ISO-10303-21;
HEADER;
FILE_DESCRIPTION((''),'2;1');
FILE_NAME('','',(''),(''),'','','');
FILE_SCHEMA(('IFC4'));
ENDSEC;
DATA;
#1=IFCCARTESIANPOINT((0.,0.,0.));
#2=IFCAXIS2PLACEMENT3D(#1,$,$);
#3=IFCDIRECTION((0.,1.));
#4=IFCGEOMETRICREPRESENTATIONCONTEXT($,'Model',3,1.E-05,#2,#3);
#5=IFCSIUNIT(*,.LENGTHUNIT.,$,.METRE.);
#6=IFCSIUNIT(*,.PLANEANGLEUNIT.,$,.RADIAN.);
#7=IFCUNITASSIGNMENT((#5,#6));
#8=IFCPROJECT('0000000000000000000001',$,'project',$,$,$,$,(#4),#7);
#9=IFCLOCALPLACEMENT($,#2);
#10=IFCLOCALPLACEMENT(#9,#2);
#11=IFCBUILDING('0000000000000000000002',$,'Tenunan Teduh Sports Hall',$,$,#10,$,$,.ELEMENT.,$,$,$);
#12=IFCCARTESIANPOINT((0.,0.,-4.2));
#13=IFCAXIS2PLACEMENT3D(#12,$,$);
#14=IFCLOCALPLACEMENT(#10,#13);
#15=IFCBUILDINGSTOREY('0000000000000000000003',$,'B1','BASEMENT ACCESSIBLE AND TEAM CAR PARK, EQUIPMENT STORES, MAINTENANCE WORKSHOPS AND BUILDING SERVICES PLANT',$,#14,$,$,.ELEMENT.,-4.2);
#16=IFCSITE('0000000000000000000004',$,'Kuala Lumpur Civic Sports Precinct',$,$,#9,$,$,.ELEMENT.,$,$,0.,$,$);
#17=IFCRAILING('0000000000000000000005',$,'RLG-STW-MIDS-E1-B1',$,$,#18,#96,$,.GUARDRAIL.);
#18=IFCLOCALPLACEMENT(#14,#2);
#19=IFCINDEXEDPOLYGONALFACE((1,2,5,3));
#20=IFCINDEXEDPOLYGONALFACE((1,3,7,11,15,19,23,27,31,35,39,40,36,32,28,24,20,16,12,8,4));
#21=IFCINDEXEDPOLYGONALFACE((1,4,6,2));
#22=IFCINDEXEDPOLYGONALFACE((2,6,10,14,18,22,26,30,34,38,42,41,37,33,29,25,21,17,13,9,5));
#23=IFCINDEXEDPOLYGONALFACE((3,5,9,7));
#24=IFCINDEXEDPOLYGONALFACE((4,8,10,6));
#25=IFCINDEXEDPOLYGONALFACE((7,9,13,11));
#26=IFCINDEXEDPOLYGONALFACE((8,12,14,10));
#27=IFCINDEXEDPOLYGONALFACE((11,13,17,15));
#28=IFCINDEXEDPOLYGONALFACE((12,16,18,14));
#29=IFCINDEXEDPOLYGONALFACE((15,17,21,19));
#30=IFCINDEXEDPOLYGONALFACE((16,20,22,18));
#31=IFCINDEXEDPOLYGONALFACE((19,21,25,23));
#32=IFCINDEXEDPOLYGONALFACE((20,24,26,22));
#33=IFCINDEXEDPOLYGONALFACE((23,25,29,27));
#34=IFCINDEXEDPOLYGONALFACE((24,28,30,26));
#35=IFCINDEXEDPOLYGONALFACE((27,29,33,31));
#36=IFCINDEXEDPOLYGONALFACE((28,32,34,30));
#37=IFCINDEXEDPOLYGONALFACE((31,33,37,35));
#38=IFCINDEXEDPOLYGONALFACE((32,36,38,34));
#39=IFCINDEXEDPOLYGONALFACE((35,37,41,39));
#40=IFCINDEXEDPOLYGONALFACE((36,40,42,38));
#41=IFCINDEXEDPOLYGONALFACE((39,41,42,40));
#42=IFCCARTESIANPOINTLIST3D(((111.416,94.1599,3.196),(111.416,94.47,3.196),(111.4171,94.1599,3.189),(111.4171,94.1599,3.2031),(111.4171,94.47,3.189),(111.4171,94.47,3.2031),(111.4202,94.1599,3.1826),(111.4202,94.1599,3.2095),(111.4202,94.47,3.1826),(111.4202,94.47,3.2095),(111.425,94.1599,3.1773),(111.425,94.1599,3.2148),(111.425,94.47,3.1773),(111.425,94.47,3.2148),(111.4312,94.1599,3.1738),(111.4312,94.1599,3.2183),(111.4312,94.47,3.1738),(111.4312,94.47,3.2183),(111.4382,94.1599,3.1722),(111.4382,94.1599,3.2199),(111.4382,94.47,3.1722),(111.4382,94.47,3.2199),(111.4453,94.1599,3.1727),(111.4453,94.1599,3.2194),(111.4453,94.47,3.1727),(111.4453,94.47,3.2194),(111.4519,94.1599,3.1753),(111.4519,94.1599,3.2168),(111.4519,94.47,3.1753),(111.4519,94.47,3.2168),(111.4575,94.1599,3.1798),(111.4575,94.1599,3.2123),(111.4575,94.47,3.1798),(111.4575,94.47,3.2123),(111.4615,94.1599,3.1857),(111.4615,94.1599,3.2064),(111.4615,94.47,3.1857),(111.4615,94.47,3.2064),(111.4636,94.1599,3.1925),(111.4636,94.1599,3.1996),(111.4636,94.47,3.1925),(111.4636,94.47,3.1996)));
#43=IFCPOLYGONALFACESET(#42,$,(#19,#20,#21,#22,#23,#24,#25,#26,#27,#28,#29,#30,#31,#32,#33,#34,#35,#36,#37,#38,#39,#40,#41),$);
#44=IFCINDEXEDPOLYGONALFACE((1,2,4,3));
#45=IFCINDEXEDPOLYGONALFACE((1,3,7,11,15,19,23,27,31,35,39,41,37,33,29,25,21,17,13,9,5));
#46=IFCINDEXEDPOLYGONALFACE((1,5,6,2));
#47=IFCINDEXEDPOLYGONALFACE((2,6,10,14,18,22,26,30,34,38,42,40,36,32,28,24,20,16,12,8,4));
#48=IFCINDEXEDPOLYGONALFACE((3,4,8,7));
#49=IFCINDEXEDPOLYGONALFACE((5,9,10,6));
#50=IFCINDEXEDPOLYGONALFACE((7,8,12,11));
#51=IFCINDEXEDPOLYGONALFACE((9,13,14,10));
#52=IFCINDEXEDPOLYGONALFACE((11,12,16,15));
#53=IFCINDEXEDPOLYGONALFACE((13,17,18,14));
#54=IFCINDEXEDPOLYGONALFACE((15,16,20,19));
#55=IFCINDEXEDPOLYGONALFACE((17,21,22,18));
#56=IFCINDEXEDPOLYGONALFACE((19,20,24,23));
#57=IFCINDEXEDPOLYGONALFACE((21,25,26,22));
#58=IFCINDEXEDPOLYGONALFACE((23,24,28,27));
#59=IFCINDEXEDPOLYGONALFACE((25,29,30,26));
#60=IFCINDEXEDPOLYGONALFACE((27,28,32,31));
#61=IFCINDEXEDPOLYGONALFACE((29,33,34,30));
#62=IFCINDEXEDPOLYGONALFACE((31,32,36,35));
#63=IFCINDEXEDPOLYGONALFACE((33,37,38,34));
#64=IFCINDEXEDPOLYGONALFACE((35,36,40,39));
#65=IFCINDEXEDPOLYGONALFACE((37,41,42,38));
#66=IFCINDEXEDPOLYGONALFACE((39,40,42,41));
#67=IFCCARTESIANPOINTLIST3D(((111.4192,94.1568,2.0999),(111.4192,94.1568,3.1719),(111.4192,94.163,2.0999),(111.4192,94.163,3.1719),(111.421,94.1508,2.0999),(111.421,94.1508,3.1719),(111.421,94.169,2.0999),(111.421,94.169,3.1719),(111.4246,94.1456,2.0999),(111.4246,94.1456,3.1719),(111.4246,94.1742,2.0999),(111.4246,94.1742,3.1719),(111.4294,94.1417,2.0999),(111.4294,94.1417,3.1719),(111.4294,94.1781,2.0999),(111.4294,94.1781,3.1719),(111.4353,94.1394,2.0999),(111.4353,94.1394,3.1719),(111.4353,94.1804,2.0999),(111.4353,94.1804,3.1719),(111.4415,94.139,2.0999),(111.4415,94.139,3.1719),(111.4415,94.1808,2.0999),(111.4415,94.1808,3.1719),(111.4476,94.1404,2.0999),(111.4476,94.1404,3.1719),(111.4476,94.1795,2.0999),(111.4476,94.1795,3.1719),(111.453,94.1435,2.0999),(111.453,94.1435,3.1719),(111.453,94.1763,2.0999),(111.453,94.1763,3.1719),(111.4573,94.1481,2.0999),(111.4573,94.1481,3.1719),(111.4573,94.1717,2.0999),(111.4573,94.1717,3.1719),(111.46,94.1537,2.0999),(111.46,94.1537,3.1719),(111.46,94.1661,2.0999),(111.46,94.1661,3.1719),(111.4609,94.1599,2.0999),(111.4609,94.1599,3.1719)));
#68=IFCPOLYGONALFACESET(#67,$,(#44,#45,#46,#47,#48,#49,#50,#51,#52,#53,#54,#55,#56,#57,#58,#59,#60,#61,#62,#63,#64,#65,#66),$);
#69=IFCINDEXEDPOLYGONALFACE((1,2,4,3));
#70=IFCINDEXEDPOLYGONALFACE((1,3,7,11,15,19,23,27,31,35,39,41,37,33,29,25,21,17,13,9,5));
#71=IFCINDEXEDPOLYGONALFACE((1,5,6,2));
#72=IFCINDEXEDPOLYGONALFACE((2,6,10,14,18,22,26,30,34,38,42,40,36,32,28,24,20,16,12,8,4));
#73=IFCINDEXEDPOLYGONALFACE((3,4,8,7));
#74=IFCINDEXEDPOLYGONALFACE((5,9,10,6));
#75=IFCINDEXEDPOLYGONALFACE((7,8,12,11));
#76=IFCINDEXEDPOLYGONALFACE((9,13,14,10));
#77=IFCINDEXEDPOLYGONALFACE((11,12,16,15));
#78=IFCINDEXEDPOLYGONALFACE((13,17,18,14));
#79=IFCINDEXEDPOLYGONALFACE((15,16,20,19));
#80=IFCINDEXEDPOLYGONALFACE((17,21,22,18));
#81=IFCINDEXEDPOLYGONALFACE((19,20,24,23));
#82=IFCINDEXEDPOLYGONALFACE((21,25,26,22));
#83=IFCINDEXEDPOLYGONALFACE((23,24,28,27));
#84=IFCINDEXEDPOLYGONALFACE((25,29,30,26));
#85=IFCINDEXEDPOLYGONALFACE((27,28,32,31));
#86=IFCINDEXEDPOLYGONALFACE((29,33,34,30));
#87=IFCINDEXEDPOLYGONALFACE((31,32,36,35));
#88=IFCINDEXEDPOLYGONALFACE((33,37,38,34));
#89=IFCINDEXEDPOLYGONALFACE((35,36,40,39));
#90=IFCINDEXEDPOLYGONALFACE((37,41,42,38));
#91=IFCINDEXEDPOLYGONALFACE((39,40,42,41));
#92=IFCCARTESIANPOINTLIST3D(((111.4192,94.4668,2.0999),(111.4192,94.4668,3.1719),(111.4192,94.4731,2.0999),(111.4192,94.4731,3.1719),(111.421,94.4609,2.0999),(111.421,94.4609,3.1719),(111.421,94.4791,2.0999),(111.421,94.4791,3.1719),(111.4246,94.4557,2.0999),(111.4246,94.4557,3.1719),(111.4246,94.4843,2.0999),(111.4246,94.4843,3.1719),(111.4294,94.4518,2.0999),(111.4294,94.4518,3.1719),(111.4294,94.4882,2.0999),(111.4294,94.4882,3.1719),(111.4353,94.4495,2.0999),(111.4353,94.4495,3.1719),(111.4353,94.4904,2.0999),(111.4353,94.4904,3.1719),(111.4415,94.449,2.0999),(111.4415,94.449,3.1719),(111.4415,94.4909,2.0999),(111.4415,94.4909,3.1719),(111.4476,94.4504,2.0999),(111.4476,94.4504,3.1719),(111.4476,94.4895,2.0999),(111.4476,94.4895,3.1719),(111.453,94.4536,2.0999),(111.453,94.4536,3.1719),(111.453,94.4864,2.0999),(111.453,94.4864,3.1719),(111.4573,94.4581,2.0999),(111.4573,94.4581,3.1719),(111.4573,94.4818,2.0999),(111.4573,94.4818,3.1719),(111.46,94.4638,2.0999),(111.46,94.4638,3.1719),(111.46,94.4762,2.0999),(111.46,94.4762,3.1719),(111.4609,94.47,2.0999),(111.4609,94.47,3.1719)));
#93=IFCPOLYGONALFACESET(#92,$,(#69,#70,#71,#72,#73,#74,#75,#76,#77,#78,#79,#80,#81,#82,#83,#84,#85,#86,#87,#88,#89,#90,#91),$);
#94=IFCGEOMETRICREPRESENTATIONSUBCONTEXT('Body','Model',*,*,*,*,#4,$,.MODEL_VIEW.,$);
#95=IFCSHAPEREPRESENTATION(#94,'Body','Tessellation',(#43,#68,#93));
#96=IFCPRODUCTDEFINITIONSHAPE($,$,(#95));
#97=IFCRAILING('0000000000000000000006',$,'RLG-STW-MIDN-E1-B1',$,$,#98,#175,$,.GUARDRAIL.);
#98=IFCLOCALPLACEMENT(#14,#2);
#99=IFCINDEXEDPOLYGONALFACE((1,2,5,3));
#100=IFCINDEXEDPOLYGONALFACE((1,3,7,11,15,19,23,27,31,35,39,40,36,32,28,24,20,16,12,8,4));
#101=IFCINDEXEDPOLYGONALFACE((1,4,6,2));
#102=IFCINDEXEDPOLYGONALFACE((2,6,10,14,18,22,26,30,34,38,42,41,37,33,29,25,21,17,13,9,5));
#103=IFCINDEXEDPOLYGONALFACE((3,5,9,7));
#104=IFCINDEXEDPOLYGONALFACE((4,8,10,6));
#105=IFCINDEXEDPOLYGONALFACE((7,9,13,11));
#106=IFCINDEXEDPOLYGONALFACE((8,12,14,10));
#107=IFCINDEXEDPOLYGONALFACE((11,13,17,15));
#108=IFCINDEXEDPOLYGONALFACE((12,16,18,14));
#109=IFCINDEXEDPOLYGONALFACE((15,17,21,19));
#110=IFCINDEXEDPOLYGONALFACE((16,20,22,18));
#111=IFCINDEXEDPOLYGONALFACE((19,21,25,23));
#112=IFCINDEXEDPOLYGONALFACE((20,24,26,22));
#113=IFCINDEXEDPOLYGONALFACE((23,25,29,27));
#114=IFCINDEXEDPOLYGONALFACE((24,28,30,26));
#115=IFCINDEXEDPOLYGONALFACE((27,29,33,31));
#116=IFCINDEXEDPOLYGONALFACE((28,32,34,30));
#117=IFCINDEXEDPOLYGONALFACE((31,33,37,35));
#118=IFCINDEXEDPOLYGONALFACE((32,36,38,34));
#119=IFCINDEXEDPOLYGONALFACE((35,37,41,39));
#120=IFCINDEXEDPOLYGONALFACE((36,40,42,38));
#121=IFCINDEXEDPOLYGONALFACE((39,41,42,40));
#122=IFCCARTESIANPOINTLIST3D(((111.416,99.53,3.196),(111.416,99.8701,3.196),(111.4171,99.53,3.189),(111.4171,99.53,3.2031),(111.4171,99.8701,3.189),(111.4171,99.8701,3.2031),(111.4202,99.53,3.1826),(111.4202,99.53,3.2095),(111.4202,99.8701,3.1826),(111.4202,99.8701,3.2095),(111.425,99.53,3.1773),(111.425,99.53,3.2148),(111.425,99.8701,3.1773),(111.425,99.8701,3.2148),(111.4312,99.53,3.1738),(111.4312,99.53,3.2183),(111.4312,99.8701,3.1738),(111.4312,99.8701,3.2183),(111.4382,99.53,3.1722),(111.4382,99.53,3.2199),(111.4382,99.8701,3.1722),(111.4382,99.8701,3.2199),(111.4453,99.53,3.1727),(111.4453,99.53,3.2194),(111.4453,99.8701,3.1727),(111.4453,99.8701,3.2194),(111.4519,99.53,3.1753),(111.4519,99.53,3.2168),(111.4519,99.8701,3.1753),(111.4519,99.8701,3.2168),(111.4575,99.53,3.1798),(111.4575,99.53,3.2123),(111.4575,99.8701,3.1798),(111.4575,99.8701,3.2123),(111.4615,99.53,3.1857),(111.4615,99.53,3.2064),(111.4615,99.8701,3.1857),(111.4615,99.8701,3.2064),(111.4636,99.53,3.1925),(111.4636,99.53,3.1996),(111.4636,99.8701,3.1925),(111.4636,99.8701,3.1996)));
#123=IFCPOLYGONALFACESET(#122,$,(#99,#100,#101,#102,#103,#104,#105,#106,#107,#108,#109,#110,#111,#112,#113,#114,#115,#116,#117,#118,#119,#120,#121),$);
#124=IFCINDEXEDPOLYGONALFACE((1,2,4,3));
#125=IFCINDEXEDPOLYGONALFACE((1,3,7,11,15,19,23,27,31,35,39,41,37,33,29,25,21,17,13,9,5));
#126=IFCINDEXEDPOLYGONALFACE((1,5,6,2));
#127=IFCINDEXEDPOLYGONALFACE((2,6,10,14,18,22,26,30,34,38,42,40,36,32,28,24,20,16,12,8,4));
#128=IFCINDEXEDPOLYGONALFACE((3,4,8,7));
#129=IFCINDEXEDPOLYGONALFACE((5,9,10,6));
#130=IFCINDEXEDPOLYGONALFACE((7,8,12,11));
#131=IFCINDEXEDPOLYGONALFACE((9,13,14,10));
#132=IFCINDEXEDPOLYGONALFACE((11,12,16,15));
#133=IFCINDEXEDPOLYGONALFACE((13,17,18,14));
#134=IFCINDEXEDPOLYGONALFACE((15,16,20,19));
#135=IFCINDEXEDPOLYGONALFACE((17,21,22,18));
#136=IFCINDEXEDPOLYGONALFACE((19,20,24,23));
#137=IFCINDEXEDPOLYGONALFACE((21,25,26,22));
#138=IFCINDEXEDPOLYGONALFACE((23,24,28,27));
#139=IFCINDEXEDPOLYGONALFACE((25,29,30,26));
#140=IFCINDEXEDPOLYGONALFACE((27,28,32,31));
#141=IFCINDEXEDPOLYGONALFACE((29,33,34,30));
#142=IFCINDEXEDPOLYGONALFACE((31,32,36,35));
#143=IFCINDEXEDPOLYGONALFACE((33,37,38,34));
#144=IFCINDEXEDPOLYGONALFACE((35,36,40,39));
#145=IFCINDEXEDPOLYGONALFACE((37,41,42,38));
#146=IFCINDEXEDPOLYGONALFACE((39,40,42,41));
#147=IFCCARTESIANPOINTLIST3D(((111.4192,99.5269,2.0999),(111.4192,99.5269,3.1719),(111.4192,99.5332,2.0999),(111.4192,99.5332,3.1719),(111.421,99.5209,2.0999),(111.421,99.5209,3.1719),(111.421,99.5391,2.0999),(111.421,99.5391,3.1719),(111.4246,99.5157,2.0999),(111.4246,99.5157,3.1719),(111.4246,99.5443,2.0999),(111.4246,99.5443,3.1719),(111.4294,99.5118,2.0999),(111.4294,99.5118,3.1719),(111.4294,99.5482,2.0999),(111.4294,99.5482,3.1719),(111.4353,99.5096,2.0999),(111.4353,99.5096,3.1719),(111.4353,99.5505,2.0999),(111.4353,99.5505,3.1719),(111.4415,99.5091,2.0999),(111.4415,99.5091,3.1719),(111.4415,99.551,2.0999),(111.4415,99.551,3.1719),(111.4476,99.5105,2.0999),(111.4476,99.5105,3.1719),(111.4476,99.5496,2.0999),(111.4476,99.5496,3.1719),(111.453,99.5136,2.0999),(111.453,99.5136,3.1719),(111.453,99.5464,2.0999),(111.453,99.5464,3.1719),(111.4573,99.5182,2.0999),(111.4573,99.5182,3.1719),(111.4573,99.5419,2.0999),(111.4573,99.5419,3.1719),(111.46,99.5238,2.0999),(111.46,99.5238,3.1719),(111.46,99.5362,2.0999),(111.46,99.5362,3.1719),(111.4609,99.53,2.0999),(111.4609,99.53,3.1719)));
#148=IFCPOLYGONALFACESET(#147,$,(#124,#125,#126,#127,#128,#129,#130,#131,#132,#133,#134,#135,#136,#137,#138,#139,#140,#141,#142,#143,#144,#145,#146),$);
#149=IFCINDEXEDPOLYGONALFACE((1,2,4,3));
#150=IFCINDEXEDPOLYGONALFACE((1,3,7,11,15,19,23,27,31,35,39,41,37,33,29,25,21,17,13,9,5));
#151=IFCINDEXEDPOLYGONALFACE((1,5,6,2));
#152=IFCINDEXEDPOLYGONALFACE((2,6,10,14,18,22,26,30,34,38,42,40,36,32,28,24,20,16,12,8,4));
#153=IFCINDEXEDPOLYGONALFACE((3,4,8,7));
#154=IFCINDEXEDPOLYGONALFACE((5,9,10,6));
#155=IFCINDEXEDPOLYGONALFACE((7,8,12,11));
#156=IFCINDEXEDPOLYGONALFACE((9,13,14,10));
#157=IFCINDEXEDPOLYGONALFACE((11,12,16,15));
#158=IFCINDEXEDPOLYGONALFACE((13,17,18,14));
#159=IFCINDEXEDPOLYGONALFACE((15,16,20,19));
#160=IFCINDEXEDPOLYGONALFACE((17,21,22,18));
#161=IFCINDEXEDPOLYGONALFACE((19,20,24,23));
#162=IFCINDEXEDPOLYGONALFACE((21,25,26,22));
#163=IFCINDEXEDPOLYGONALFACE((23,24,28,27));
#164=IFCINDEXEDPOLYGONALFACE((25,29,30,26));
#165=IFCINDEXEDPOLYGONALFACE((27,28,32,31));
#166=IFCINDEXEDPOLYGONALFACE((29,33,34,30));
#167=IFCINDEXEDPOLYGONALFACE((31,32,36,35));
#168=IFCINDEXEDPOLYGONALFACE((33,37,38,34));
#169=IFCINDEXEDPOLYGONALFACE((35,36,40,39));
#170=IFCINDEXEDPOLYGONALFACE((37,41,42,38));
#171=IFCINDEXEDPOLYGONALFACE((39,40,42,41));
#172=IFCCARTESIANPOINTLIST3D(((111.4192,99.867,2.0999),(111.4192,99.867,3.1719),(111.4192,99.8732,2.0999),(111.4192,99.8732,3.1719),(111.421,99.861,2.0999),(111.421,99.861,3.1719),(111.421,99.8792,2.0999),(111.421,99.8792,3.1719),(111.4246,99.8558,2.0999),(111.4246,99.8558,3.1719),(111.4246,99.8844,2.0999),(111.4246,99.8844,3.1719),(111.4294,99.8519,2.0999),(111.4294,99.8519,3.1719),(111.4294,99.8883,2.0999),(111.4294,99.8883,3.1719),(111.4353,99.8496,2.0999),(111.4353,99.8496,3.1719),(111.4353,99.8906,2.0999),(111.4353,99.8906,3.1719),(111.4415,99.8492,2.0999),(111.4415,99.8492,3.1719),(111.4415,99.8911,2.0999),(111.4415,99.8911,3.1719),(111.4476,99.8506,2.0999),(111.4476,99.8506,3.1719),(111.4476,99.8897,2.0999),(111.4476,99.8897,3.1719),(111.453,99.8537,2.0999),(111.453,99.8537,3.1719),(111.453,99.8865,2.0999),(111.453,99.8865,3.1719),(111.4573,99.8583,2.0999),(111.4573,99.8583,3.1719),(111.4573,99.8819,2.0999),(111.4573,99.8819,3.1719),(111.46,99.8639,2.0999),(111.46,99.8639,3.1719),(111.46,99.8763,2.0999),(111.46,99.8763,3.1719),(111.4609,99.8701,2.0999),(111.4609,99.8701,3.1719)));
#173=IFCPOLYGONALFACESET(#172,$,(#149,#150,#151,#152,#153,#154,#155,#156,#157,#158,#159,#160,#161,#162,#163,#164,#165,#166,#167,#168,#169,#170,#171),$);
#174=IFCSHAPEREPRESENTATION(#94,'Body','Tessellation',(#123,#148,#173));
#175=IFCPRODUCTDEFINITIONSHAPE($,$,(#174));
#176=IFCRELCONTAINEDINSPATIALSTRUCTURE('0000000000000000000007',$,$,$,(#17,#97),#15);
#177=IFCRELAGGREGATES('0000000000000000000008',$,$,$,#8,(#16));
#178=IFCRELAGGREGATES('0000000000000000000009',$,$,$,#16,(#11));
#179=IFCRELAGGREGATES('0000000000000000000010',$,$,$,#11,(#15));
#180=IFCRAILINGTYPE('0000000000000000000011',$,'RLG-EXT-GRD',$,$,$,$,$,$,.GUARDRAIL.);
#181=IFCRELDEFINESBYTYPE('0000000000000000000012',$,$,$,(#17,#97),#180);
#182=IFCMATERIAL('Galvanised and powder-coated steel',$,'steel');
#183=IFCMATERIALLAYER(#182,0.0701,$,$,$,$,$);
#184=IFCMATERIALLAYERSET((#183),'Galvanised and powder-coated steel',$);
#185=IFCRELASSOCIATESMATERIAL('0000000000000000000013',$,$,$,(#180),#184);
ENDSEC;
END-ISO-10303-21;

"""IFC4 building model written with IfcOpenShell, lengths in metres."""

from ifc_helpers import new_model, si_unit, direction, frame, origin, origin_2d, place, context, subcontext, project, spatial, circle, extrude, material, layer, layer_set, type_object, element, save


model = new_model("IFC4")

# Units and contexts
model_context = context("Model", 3, precision=1e-05, world=origin(), true_north=direction((0.0, 1.0)))
body_context = subcontext(model_context, "Body", "Model", "MODEL_VIEW")
ifc_project = project(units=[si_unit("LENGTHUNIT", "METRE"), si_unit("PLANEANGLEUNIT", "RADIAN")], contexts=[model_context])

# Site, building, storey
site_placement = place(None, origin())
site = spatial("IfcSite", under=ifc_project, at=site_placement, Name="Kuala Lumpur Civic Sports Precinct", CompositionType="ELEMENT", RefElevation=0.0)
building_placement = place(site_placement, origin())
building = spatial("IfcBuilding", under=site, at=building_placement, Name="Tenunan Teduh Sports Hall", CompositionType="ELEMENT")
storey_placement = place(building_placement, frame((0.0, 0.0, -4.2)))
storey = spatial("IfcBuildingStorey", under=building, at=storey_placement, Name="B1", Description="BASEMENT ACCESSIBLE AND TEAM CAR PARK, EQUIPMENT STORES, MAINTENANCE WORKSHOPS AND BUILDING SERVICES PLANT", CompositionType="ELEMENT", Elevation=-4.2)

# Railings
ifc_material_1 = material(Name="Galvanised and powder-coated steel", Category="steel")
ifc_layer_1 = layer(ifc_material_1, 0.0701)
ifc_layer_set_1 = layer_set([ifc_layer_1], Name="Galvanised and powder-coated steel")
railing_type_1 = type_object("IfcRailingType", Name="RLG-EXT-GRD", PredefinedType="GUARDRAIL", material=ifc_layer_set_1)
railing_1_placement = place(storey_placement, frame((111.4399, 94.1599, 2.0999)))
element("IfcRailing", 1, at=railing_1_placement, inside=storey, type_object=railing_type_1, Name="RLG-STW-MIDS-E1-B1", PredefinedType="GUARDRAIL", context=body_context, shape_type="SweptSolid", body=[
    extrude(circle(Radius=0.0239, at=origin_2d()), frame((0.0, 0.0, 1.0962), z_axis=(0.0, 1.0, 0.0), x_axis=(-1.0, 0.0, 0.0)), (0.0, 0.0, 1.0), 0.3101),
    extrude(circle(Radius=0.021, at=origin_2d()), origin(), (0.0, 0.0, 1.0), 1.072),
    extrude(circle(Radius=0.021, at=origin_2d()), frame((0.0, 0.3101, 0.0)), (0.0, 0.0, 1.0), 1.072),
])
railing_2_placement = place(storey_placement, frame((111.4399, 99.53, 2.0999)))
element("IfcRailing", 2, at=railing_2_placement, inside=storey, type_object=railing_type_1, Name="RLG-STW-MIDN-E1-B1", PredefinedType="GUARDRAIL", context=body_context, shape_type="SweptSolid", body=[
    extrude(circle(Radius=0.0239, at=origin_2d()), frame((0.0, 0.0, 1.0962), z_axis=(0.0, 1.0, 0.0), x_axis=(-1.0, 0.0, 0.0)), (0.0, 0.0, 1.0), 0.3401),
    extrude(circle(Radius=0.021, at=origin_2d()), origin(), (0.0, 0.0, 1.0), 1.072),
    extrude(circle(Radius=0.021, at=origin_2d()), frame((0.0, 0.3401, 0.0)), (0.0, 0.0, 1.0), 1.072),
])

save(model, "model.ifc")
